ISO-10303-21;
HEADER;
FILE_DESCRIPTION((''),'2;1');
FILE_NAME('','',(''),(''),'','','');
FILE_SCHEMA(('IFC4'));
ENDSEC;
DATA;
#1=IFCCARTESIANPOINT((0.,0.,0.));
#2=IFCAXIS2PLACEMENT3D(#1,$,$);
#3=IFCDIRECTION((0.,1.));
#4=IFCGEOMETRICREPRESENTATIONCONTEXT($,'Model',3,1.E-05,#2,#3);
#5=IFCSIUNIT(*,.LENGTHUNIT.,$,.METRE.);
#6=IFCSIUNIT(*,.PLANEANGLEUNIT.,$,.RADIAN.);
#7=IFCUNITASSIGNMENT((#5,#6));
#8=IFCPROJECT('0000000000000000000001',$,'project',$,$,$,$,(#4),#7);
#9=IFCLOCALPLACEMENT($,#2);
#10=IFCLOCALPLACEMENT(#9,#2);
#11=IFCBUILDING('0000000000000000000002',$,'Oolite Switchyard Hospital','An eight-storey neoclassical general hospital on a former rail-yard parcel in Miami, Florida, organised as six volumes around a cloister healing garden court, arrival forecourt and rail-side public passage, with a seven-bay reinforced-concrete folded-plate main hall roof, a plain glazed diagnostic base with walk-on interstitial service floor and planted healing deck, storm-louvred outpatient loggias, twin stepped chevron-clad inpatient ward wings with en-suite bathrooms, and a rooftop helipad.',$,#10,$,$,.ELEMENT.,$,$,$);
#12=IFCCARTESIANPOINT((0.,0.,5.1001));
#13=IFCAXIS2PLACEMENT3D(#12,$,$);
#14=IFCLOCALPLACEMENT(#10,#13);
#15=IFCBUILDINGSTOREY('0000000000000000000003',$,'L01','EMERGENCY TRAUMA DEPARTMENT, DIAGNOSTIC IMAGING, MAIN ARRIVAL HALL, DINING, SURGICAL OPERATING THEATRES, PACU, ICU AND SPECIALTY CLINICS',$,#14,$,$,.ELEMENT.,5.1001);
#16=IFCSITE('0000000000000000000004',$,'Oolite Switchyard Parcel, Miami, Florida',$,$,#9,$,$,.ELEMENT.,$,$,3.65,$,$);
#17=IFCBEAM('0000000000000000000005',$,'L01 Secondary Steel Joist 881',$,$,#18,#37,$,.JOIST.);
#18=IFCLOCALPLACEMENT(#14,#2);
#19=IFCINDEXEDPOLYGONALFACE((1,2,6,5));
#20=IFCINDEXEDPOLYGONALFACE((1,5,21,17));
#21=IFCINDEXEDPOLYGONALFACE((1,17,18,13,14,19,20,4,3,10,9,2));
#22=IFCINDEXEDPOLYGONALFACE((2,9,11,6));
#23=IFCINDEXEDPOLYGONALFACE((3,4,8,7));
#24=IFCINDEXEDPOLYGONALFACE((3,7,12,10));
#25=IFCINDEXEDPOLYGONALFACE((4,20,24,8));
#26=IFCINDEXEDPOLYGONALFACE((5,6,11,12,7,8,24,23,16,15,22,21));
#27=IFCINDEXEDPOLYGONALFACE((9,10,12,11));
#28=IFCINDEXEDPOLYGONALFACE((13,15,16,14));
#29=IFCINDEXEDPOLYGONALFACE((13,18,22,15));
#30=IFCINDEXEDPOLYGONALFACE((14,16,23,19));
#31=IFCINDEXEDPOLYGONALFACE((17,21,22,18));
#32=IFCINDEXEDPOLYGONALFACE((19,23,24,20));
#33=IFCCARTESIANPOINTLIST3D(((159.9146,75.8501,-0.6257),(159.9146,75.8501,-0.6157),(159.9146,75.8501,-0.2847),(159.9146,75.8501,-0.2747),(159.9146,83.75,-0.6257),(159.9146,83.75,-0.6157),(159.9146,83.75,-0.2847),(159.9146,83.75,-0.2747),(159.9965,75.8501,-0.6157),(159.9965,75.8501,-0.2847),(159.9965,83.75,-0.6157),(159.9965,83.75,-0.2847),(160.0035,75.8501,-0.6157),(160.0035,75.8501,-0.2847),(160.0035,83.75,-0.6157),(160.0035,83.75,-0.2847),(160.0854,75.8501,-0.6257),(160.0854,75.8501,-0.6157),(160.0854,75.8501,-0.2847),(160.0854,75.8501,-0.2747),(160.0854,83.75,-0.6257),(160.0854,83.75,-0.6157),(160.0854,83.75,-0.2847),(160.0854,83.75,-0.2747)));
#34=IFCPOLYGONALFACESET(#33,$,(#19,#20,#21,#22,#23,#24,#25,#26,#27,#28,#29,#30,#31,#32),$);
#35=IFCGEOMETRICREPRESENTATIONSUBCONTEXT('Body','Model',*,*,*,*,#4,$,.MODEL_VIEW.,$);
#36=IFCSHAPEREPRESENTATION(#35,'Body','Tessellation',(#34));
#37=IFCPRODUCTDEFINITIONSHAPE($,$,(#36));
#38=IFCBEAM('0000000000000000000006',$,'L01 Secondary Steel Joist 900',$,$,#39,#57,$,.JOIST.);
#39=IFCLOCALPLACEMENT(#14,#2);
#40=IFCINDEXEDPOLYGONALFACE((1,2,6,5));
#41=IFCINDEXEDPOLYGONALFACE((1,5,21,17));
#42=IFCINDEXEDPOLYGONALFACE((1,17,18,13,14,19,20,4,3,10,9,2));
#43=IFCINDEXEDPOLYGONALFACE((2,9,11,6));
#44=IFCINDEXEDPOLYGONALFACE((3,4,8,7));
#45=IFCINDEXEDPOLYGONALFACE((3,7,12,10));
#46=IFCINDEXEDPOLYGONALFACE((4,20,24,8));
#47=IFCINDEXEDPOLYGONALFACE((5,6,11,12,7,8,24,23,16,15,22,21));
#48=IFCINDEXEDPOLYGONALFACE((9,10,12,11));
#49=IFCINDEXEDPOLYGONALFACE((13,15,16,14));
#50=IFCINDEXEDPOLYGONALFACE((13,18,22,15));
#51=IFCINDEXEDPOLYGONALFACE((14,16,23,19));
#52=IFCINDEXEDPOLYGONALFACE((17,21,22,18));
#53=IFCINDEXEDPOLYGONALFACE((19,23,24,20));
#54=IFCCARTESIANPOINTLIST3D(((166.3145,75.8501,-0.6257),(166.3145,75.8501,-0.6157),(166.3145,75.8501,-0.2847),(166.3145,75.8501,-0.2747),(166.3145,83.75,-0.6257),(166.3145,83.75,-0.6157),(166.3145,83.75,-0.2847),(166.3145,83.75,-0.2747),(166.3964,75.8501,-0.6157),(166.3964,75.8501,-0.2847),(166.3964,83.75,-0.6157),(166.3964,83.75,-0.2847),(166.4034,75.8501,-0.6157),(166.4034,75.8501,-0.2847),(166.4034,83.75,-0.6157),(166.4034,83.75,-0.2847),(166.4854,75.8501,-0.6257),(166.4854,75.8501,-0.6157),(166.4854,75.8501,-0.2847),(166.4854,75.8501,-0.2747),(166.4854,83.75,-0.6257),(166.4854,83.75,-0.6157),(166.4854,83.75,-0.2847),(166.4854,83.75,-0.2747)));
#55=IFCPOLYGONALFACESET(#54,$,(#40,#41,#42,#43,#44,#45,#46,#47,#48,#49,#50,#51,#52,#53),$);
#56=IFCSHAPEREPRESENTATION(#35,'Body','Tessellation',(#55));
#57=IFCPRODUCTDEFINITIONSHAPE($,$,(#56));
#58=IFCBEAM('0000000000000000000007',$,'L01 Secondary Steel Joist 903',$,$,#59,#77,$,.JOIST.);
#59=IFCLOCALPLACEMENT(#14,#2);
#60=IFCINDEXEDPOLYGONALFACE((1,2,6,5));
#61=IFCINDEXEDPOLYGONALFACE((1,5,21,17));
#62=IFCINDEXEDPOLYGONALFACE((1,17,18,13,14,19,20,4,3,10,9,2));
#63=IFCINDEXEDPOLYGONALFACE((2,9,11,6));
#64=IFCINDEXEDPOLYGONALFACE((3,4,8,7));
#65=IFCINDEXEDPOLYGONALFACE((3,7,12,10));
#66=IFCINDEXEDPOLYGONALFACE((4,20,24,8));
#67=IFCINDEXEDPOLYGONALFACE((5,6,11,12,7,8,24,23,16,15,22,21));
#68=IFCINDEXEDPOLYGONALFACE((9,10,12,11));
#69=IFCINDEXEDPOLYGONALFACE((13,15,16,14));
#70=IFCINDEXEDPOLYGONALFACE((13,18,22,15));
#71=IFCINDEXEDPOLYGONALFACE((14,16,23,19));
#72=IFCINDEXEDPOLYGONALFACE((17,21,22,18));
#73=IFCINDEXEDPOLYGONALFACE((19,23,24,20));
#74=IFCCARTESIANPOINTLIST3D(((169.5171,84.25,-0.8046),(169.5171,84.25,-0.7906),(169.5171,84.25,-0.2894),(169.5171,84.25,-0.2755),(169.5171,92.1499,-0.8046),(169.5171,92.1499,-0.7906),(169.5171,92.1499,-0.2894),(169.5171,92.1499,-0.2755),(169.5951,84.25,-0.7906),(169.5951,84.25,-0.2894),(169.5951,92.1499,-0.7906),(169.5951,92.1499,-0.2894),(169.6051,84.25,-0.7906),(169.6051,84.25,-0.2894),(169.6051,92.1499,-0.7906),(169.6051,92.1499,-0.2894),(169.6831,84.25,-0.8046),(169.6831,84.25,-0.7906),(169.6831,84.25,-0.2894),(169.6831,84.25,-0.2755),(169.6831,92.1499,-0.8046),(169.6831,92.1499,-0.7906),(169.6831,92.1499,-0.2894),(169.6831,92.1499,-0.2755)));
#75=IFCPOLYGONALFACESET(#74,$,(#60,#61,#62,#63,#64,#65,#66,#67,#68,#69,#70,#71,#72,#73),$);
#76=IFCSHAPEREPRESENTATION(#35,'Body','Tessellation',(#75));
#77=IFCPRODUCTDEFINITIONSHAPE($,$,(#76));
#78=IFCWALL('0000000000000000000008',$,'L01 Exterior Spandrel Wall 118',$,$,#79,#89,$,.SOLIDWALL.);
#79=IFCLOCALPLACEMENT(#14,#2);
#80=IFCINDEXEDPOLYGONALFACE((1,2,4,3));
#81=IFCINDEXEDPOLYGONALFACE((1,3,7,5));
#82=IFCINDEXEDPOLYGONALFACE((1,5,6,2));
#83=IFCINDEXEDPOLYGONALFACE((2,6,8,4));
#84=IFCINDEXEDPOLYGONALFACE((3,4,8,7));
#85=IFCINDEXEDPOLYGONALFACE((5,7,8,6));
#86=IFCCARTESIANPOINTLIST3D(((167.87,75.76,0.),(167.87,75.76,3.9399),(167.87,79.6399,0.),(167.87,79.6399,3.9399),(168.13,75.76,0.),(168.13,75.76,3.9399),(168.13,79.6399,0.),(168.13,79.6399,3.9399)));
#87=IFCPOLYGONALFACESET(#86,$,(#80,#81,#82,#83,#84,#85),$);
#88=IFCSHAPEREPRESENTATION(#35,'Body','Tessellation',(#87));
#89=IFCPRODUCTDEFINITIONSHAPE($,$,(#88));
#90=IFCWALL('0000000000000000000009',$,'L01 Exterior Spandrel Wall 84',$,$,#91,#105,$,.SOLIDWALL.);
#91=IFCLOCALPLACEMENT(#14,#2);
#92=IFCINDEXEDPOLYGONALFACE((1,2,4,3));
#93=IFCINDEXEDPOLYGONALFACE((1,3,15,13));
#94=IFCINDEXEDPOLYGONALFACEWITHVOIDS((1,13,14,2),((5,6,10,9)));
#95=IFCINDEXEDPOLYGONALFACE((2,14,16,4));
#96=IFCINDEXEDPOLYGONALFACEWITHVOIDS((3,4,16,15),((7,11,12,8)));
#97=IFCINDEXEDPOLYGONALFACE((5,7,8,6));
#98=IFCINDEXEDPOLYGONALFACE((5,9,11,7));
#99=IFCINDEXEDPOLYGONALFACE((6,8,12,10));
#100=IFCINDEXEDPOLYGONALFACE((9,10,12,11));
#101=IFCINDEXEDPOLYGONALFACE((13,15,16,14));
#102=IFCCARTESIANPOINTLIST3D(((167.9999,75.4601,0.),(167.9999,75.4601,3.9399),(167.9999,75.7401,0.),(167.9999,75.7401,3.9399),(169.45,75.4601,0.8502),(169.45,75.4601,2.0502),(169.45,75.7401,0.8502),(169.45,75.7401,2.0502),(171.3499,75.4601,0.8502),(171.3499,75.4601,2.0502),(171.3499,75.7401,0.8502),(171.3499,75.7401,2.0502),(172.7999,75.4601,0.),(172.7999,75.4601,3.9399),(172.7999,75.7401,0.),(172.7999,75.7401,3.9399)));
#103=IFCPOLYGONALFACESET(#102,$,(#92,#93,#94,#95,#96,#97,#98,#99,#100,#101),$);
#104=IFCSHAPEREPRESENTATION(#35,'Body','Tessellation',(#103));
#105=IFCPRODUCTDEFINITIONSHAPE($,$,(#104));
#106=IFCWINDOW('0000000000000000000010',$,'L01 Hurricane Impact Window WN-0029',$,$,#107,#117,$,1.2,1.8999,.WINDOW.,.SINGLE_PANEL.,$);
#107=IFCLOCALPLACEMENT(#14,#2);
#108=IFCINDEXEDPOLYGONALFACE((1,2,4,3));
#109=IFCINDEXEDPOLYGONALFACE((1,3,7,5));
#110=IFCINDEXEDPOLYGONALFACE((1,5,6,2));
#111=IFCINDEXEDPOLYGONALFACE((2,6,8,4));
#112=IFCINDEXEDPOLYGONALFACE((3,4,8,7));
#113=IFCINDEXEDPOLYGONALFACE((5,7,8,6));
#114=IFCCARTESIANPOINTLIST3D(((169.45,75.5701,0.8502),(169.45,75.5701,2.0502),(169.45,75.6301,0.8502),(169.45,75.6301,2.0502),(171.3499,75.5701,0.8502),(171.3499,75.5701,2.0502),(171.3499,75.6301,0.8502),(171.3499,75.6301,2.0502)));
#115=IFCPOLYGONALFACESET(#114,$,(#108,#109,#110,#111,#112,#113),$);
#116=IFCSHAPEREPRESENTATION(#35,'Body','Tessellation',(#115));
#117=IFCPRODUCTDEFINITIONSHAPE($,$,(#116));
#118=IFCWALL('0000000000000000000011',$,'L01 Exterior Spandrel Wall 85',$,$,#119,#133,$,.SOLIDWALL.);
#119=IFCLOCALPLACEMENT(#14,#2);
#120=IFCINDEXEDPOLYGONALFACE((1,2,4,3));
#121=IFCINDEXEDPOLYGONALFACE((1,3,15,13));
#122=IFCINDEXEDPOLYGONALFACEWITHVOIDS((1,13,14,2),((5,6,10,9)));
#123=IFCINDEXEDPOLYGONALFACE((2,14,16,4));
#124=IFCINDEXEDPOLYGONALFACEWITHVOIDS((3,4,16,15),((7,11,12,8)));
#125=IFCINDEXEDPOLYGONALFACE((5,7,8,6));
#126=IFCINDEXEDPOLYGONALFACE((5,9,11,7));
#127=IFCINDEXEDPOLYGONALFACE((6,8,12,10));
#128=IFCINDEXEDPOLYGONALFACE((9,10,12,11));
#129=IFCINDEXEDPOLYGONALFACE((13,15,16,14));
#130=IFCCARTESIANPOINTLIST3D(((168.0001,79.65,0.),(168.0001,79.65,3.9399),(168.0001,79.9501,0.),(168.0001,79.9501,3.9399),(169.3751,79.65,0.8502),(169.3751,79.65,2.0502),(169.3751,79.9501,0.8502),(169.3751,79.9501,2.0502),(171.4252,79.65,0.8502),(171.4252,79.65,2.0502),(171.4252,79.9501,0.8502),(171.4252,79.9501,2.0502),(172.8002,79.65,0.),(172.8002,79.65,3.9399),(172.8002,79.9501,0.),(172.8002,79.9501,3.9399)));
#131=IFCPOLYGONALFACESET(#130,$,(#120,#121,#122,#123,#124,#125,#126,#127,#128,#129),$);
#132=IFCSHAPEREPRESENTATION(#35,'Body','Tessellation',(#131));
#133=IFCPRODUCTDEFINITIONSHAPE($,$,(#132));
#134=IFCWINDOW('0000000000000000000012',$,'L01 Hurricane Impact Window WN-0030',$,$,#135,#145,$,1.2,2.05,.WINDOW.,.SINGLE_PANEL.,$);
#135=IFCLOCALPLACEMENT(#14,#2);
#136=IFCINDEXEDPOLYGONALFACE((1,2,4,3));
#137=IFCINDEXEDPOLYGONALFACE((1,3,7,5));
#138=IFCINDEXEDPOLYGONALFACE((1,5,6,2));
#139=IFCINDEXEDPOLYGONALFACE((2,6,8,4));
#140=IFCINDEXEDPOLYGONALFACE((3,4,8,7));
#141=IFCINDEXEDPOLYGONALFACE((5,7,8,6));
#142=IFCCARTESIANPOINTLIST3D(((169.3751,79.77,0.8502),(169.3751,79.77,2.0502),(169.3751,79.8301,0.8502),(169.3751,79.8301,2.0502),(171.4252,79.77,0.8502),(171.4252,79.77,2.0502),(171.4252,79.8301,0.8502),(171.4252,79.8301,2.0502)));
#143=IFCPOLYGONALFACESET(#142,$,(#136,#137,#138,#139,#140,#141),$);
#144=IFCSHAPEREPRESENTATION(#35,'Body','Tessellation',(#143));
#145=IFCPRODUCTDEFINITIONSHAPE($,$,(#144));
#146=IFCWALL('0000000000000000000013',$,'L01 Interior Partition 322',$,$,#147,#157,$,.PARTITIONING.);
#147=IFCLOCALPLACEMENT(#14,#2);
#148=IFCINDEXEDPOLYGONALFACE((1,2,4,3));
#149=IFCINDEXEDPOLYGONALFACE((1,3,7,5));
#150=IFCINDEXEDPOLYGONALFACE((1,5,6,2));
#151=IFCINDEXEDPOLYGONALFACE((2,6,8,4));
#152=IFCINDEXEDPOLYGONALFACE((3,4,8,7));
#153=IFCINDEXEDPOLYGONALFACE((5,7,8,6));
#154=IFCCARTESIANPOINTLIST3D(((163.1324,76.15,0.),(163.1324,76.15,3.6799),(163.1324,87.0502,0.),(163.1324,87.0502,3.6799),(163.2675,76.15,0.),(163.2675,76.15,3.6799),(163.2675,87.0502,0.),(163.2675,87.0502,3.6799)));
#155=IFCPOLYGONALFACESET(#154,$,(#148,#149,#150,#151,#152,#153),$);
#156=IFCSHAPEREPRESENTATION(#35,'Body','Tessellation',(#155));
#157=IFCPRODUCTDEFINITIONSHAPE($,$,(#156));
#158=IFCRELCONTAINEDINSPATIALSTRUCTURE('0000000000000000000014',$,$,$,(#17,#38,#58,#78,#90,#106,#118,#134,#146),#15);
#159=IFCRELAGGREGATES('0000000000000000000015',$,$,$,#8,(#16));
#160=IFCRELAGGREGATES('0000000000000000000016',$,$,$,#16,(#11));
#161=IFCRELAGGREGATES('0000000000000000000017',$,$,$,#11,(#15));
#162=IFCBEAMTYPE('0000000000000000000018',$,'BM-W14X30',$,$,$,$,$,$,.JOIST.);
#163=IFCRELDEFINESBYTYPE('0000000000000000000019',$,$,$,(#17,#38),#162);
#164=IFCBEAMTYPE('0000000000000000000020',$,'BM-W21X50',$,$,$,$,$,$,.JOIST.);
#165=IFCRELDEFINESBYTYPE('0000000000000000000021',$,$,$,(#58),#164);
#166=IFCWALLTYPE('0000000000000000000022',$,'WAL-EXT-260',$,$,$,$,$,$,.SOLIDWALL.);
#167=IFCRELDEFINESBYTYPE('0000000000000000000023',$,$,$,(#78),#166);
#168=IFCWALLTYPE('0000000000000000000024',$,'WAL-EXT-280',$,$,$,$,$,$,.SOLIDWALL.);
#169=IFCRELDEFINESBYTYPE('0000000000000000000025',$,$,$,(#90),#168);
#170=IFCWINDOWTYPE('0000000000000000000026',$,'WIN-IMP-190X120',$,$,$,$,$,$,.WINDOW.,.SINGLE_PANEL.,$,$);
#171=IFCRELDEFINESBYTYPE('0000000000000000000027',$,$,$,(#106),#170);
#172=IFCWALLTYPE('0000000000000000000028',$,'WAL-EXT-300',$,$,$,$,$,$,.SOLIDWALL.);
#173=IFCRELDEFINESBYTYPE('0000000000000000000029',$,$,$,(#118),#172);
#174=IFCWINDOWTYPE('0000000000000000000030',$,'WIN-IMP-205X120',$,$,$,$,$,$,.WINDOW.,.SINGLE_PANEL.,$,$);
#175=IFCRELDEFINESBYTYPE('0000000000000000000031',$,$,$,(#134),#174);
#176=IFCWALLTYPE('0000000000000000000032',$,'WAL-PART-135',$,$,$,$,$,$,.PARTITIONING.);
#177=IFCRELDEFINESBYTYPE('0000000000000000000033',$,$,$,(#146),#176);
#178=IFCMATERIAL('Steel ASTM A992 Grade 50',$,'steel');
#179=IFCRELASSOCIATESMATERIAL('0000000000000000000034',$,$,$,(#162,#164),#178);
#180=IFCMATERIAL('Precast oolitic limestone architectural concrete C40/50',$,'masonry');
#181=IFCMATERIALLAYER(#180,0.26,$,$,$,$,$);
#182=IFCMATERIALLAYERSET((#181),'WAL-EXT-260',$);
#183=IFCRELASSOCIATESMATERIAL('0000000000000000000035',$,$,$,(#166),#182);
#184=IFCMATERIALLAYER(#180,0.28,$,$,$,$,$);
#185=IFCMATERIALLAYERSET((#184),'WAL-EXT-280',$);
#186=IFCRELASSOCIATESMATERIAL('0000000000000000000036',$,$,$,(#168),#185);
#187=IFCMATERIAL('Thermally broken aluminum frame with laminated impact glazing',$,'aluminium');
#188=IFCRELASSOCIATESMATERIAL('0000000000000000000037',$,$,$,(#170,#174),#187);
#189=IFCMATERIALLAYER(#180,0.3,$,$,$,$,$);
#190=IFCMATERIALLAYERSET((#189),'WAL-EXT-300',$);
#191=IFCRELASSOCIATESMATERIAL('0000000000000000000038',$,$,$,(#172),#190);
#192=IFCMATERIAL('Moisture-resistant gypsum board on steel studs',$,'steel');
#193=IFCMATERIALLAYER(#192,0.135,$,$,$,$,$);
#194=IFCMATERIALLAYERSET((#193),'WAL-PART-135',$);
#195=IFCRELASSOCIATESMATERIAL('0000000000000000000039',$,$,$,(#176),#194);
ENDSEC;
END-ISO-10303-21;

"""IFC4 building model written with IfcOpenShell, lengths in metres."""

from ifc_helpers import new_model, si_unit, direction, frame, frame_2d, origin, origin_2d, place, context, subcontext, project, spatial, rectangle, i_section, extrude, material, layer, layer_set, material_profile, profile_set, type_object, element, fill, save


model = new_model("IFC4")

# Units and contexts
model_context = context("Model", 3, precision=1e-05, world=origin(), true_north=direction((0.0, 1.0)))
body_context = subcontext(model_context, "Body", "Model", "MODEL_VIEW")
ifc_project = project(units=[si_unit("LENGTHUNIT", "METRE"), si_unit("PLANEANGLEUNIT", "RADIAN")], contexts=[model_context])

# Site, building, storey
site_placement = place(None, origin())
site = spatial("IfcSite", under=ifc_project, at=site_placement, Name="Oolite Switchyard Parcel, Miami, Florida", CompositionType="ELEMENT", RefElevation=3.65)
building_placement = place(site_placement, origin())
building = spatial("IfcBuilding", under=site, at=building_placement, Name="Oolite Switchyard Hospital", Description="An eight-storey neoclassical general hospital on a former rail-yard parcel in Miami, Florida, organised as six volumes around a cloister healing garden court, arrival forecourt and rail-side public passage, with a seven-bay reinforced-concrete folded-plate main hall roof, a plain glazed diagnostic base with walk-on interstitial service floor and planted healing deck, storm-louvred outpatient loggias, twin stepped chevron-clad inpatient ward wings with en-suite bathrooms, and a rooftop helipad.", CompositionType="ELEMENT")
storey_placement = place(building_placement, frame((0.0, 0.0, 5.1001)))
storey = spatial("IfcBuildingStorey", under=building, at=storey_placement, Name="L01", Description="EMERGENCY TRAUMA DEPARTMENT, DIAGNOSTIC IMAGING, MAIN ARRIVAL HALL, DINING, SURGICAL OPERATING THEATRES, PACU, ICU AND SPECIALTY CLINICS", CompositionType="ELEMENT", Elevation=5.1001)

# Beams
ifc_material_1 = material(Name="Steel ASTM A992 Grade 50", Category="steel")
ifc_material_profile_1 = material_profile(ifc_material_1, i_section(OverallWidth=0.1709, OverallDepth=0.3511, WebThickness=0.0071, FlangeThickness=0.01, at=origin_2d()), Name="W14X30")
ifc_profile_set_1 = profile_set([ifc_material_profile_1], Name="Steel ASTM A992 Grade 50")
beam_type_1 = type_object("IfcBeamType", Name="BM-W14X30", PredefinedType="JOIST", material=ifc_profile_set_1)
for number, where, z_axis, x_axis, name in (
    (1, (160.0, 75.8501, -0.4502), (0.0, 1.0, 0.0), (-1.0, 0.0, 0.0), "L01 Secondary Steel Joist 881"),
    (2, (166.3999, 75.8501, -0.4502), (0.0, 1.0, 0.0), (-1.0, 0.0, 0.0), "L01 Secondary Steel Joist 900"),
):
    element("IfcBeam", number, at=place(storey_placement, frame(where, z_axis=z_axis, x_axis=x_axis)), inside=storey, type_object=beam_type_1, Name=name, PredefinedType="JOIST", context=body_context, shape_type="SweptSolid", body=[
        extrude(i_section(OverallWidth=0.1709, OverallDepth=0.3511, WebThickness=0.0071, FlangeThickness=0.01, at=origin_2d()), origin(), (0.0, 0.0, 1.0), 7.8999),
    ])
ifc_material_profile_2 = material_profile(ifc_material_1, i_section(OverallWidth=0.166, OverallDepth=0.5291, WebThickness=0.01, FlangeThickness=0.0139, at=origin_2d()), Name="W21X50")
ifc_profile_set_2 = profile_set([ifc_material_profile_2], Name="Steel ASTM A992 Grade 50")
beam_type_2 = type_object("IfcBeamType", Name="BM-W21X50", PredefinedType="JOIST", material=ifc_profile_set_2)
beam_1_placement = place(storey_placement, frame((169.6001, 84.25, -0.54), z_axis=(0.0, 1.0, 0.0), x_axis=(-1.0, 0.0, 0.0)))
element("IfcBeam", 3, at=beam_1_placement, inside=storey, type_object=beam_type_2, Name="L01 Secondary Steel Joist 903", PredefinedType="JOIST", context=body_context, shape_type="SweptSolid", body=[
    extrude(i_section(OverallWidth=0.166, OverallDepth=0.5291, WebThickness=0.01, FlangeThickness=0.0139, at=origin_2d()), origin(), (0.0, 0.0, 1.0), 7.8999),
])

# Wall
ifc_material_2 = material(Name="Precast oolitic limestone architectural concrete C40/50", Category="masonry")
ifc_layer_1 = layer(ifc_material_2, 0.26)
ifc_layer_set_1 = layer_set([ifc_layer_1], Name="WAL-EXT-260")
wall_type_1 = type_object("IfcWallType", Name="WAL-EXT-260", PredefinedType="SOLIDWALL", material=ifc_layer_set_1)
wall_1_placement = place(storey_placement, frame((168.0, 79.6399, 0.0), z_axis=(0.0, 0.0, 1.0), x_axis=(0.0, -1.0, 0.0)))
element("IfcWall", 4, at=wall_1_placement, inside=storey, type_object=wall_type_1, Name="L01 Exterior Spandrel Wall 118", PredefinedType="SOLIDWALL", context=body_context, shape_type="SweptSolid", body=[
    extrude(rectangle(XDim=3.8799, YDim=0.26, at=frame_2d((1.9399, 0.0))), origin(), (0.0, 0.0, 1.0), 3.9399),
])

# Walls, openings, windows
ifc_layer_2 = layer(ifc_material_2, 0.28)
ifc_layer_set_2 = layer_set([ifc_layer_2], Name="WAL-EXT-280")
wall_type_2 = type_object("IfcWallType", Name="WAL-EXT-280", PredefinedType="SOLIDWALL", material=ifc_layer_set_2)
wall_2_placement = place(storey_placement, frame((168.0, 75.6001, 0.0), z_axis=(0.0, 0.0, 1.0), x_axis=(1.0, 0.0, 0.0)))
wall_2 = element("IfcWall", 5, at=wall_2_placement, inside=storey, type_object=wall_type_2, Name="L01 Exterior Spandrel Wall 84", PredefinedType="SOLIDWALL", context=body_context, shape_type="SweptSolid", body=[
    extrude(rectangle(XDim=4.8, YDim=0.28, at=frame_2d((2.3999, 0.0))), origin(), (0.0, 0.0, 1.0), 3.9399),
])
opening_1_placement = place(wall_2_placement, frame((1.45, 0.0, 0.8501)))
opening_1 = element("IfcOpeningElement", 6, at=opening_1_placement, cuts=wall_2, PredefinedType="OPENING", context=body_context, shape_type="SweptSolid", body=[
    extrude(rectangle(XDim=1.8999, YDim=1.2, at=frame_2d((0.95, 0.6001))), frame((0.0, 0.1499, 0.0), z_axis=(0.0, -1.0, 0.0), x_axis=(1.0, 0.0, 0.0)), (0.0, 0.0, 1.0), 0.3),
])
ifc_material_3 = material(Name="Thermally broken aluminum frame with laminated impact glazing", Category="aluminium")
window_type_1 = type_object("IfcWindowType", Name="WIN-IMP-190X120", PartitioningType="SINGLE_PANEL", PredefinedType="WINDOW", material=ifc_material_3)
window_1_placement = place(opening_1_placement, origin())
window_1 = element("IfcWindow", 7, at=window_1_placement, inside=storey, type_object=window_type_1, Name="L01 Hurricane Impact Window WN-0029", OverallHeight=1.2, OverallWidth=1.8999, PartitioningType="SINGLE_PANEL", PredefinedType="WINDOW", context=body_context, shape_type="SweptSolid", body=[
    extrude(rectangle(XDim=1.8999, YDim=1.2, at=frame_2d((0.95, 0.6001))), frame((0.0, 0.03, 0.0), z_axis=(0.0, -1.0, 0.0), x_axis=(1.0, 0.0, 0.0)), (0.0, 0.0, 1.0), 0.0601),
])
fill(opening_1, window_1)
ifc_layer_3 = layer(ifc_material_2, 0.3)
ifc_layer_set_3 = layer_set([ifc_layer_3], Name="WAL-EXT-300")
wall_type_3 = type_object("IfcWallType", Name="WAL-EXT-300", PredefinedType="SOLIDWALL", material=ifc_layer_set_3)
wall_3_placement = place(storey_placement, frame((172.8, 79.8, 0.0), z_axis=(0.0, 0.0, 1.0), x_axis=(-1.0, 0.0, 0.0)))
wall_3 = element("IfcWall", 8, at=wall_3_placement, inside=storey, type_object=wall_type_3, Name="L01 Exterior Spandrel Wall 85", PredefinedType="SOLIDWALL", context=body_context, shape_type="SweptSolid", body=[
    extrude(rectangle(XDim=4.8, YDim=0.3, at=frame_2d((2.3999, 0.0))), origin(), (0.0, 0.0, 1.0), 3.9399),
])
opening_2_placement = place(wall_3_placement, frame((1.375, 0.0, 0.8501)))
opening_2 = element("IfcOpeningElement", 9, at=opening_2_placement, cuts=wall_3, PredefinedType="OPENING", context=body_context, shape_type="SweptSolid", body=[
    extrude(rectangle(XDim=2.05, YDim=1.2, at=frame_2d((1.0249, 0.6001))), frame((0.0, 0.1602, 0.0), z_axis=(0.0, -1.0, 0.0), x_axis=(1.0, 0.0, 0.0)), (0.0, 0.0, 1.0), 0.3201),
])
window_type_2 = type_object("IfcWindowType", Name="WIN-IMP-205X120", PartitioningType="SINGLE_PANEL", PredefinedType="WINDOW", material=ifc_material_3)
window_2_placement = place(opening_2_placement, origin())
window_2 = element("IfcWindow", 10, at=window_2_placement, inside=storey, type_object=window_type_2, Name="L01 Hurricane Impact Window WN-0030", OverallHeight=1.2, OverallWidth=2.05, PartitioningType="SINGLE_PANEL", PredefinedType="WINDOW", context=body_context, shape_type="SweptSolid", body=[
    extrude(rectangle(XDim=2.05, YDim=1.2, at=frame_2d((1.0249, 0.6001))), frame((0.0, 0.03, 0.0), z_axis=(0.0, -1.0, 0.0), x_axis=(1.0, 0.0, 0.0)), (0.0, 0.0, 1.0), 0.0601),
])
fill(opening_2, window_2)

# Wall
ifc_material_4 = material(Name="Moisture-resistant gypsum board on steel studs", Category="steel")
ifc_layer_4 = layer(ifc_material_4, 0.135)
ifc_layer_set_4 = layer_set([ifc_layer_4], Name="WAL-PART-135")
wall_type_4 = type_object("IfcWallType", Name="WAL-PART-135", PredefinedType="PARTITIONING", material=ifc_layer_set_4)
wall_4_placement = place(storey_placement, frame((163.2, 76.1499, 0.0), z_axis=(0.0, 0.0, 1.0), x_axis=(0.0, 1.0, 0.0)))
element("IfcWall", 11, at=wall_4_placement, inside=storey, type_object=wall_type_4, Name="L01 Interior Partition 322", PredefinedType="PARTITIONING", context=body_context, shape_type="SweptSolid", body=[
    extrude(rectangle(XDim=10.9001, YDim=0.135, at=frame_2d((5.4502, 0.0))), origin(), (0.0, 0.0, 1.0), 3.6799),
])

save(model, "model.ifc")
